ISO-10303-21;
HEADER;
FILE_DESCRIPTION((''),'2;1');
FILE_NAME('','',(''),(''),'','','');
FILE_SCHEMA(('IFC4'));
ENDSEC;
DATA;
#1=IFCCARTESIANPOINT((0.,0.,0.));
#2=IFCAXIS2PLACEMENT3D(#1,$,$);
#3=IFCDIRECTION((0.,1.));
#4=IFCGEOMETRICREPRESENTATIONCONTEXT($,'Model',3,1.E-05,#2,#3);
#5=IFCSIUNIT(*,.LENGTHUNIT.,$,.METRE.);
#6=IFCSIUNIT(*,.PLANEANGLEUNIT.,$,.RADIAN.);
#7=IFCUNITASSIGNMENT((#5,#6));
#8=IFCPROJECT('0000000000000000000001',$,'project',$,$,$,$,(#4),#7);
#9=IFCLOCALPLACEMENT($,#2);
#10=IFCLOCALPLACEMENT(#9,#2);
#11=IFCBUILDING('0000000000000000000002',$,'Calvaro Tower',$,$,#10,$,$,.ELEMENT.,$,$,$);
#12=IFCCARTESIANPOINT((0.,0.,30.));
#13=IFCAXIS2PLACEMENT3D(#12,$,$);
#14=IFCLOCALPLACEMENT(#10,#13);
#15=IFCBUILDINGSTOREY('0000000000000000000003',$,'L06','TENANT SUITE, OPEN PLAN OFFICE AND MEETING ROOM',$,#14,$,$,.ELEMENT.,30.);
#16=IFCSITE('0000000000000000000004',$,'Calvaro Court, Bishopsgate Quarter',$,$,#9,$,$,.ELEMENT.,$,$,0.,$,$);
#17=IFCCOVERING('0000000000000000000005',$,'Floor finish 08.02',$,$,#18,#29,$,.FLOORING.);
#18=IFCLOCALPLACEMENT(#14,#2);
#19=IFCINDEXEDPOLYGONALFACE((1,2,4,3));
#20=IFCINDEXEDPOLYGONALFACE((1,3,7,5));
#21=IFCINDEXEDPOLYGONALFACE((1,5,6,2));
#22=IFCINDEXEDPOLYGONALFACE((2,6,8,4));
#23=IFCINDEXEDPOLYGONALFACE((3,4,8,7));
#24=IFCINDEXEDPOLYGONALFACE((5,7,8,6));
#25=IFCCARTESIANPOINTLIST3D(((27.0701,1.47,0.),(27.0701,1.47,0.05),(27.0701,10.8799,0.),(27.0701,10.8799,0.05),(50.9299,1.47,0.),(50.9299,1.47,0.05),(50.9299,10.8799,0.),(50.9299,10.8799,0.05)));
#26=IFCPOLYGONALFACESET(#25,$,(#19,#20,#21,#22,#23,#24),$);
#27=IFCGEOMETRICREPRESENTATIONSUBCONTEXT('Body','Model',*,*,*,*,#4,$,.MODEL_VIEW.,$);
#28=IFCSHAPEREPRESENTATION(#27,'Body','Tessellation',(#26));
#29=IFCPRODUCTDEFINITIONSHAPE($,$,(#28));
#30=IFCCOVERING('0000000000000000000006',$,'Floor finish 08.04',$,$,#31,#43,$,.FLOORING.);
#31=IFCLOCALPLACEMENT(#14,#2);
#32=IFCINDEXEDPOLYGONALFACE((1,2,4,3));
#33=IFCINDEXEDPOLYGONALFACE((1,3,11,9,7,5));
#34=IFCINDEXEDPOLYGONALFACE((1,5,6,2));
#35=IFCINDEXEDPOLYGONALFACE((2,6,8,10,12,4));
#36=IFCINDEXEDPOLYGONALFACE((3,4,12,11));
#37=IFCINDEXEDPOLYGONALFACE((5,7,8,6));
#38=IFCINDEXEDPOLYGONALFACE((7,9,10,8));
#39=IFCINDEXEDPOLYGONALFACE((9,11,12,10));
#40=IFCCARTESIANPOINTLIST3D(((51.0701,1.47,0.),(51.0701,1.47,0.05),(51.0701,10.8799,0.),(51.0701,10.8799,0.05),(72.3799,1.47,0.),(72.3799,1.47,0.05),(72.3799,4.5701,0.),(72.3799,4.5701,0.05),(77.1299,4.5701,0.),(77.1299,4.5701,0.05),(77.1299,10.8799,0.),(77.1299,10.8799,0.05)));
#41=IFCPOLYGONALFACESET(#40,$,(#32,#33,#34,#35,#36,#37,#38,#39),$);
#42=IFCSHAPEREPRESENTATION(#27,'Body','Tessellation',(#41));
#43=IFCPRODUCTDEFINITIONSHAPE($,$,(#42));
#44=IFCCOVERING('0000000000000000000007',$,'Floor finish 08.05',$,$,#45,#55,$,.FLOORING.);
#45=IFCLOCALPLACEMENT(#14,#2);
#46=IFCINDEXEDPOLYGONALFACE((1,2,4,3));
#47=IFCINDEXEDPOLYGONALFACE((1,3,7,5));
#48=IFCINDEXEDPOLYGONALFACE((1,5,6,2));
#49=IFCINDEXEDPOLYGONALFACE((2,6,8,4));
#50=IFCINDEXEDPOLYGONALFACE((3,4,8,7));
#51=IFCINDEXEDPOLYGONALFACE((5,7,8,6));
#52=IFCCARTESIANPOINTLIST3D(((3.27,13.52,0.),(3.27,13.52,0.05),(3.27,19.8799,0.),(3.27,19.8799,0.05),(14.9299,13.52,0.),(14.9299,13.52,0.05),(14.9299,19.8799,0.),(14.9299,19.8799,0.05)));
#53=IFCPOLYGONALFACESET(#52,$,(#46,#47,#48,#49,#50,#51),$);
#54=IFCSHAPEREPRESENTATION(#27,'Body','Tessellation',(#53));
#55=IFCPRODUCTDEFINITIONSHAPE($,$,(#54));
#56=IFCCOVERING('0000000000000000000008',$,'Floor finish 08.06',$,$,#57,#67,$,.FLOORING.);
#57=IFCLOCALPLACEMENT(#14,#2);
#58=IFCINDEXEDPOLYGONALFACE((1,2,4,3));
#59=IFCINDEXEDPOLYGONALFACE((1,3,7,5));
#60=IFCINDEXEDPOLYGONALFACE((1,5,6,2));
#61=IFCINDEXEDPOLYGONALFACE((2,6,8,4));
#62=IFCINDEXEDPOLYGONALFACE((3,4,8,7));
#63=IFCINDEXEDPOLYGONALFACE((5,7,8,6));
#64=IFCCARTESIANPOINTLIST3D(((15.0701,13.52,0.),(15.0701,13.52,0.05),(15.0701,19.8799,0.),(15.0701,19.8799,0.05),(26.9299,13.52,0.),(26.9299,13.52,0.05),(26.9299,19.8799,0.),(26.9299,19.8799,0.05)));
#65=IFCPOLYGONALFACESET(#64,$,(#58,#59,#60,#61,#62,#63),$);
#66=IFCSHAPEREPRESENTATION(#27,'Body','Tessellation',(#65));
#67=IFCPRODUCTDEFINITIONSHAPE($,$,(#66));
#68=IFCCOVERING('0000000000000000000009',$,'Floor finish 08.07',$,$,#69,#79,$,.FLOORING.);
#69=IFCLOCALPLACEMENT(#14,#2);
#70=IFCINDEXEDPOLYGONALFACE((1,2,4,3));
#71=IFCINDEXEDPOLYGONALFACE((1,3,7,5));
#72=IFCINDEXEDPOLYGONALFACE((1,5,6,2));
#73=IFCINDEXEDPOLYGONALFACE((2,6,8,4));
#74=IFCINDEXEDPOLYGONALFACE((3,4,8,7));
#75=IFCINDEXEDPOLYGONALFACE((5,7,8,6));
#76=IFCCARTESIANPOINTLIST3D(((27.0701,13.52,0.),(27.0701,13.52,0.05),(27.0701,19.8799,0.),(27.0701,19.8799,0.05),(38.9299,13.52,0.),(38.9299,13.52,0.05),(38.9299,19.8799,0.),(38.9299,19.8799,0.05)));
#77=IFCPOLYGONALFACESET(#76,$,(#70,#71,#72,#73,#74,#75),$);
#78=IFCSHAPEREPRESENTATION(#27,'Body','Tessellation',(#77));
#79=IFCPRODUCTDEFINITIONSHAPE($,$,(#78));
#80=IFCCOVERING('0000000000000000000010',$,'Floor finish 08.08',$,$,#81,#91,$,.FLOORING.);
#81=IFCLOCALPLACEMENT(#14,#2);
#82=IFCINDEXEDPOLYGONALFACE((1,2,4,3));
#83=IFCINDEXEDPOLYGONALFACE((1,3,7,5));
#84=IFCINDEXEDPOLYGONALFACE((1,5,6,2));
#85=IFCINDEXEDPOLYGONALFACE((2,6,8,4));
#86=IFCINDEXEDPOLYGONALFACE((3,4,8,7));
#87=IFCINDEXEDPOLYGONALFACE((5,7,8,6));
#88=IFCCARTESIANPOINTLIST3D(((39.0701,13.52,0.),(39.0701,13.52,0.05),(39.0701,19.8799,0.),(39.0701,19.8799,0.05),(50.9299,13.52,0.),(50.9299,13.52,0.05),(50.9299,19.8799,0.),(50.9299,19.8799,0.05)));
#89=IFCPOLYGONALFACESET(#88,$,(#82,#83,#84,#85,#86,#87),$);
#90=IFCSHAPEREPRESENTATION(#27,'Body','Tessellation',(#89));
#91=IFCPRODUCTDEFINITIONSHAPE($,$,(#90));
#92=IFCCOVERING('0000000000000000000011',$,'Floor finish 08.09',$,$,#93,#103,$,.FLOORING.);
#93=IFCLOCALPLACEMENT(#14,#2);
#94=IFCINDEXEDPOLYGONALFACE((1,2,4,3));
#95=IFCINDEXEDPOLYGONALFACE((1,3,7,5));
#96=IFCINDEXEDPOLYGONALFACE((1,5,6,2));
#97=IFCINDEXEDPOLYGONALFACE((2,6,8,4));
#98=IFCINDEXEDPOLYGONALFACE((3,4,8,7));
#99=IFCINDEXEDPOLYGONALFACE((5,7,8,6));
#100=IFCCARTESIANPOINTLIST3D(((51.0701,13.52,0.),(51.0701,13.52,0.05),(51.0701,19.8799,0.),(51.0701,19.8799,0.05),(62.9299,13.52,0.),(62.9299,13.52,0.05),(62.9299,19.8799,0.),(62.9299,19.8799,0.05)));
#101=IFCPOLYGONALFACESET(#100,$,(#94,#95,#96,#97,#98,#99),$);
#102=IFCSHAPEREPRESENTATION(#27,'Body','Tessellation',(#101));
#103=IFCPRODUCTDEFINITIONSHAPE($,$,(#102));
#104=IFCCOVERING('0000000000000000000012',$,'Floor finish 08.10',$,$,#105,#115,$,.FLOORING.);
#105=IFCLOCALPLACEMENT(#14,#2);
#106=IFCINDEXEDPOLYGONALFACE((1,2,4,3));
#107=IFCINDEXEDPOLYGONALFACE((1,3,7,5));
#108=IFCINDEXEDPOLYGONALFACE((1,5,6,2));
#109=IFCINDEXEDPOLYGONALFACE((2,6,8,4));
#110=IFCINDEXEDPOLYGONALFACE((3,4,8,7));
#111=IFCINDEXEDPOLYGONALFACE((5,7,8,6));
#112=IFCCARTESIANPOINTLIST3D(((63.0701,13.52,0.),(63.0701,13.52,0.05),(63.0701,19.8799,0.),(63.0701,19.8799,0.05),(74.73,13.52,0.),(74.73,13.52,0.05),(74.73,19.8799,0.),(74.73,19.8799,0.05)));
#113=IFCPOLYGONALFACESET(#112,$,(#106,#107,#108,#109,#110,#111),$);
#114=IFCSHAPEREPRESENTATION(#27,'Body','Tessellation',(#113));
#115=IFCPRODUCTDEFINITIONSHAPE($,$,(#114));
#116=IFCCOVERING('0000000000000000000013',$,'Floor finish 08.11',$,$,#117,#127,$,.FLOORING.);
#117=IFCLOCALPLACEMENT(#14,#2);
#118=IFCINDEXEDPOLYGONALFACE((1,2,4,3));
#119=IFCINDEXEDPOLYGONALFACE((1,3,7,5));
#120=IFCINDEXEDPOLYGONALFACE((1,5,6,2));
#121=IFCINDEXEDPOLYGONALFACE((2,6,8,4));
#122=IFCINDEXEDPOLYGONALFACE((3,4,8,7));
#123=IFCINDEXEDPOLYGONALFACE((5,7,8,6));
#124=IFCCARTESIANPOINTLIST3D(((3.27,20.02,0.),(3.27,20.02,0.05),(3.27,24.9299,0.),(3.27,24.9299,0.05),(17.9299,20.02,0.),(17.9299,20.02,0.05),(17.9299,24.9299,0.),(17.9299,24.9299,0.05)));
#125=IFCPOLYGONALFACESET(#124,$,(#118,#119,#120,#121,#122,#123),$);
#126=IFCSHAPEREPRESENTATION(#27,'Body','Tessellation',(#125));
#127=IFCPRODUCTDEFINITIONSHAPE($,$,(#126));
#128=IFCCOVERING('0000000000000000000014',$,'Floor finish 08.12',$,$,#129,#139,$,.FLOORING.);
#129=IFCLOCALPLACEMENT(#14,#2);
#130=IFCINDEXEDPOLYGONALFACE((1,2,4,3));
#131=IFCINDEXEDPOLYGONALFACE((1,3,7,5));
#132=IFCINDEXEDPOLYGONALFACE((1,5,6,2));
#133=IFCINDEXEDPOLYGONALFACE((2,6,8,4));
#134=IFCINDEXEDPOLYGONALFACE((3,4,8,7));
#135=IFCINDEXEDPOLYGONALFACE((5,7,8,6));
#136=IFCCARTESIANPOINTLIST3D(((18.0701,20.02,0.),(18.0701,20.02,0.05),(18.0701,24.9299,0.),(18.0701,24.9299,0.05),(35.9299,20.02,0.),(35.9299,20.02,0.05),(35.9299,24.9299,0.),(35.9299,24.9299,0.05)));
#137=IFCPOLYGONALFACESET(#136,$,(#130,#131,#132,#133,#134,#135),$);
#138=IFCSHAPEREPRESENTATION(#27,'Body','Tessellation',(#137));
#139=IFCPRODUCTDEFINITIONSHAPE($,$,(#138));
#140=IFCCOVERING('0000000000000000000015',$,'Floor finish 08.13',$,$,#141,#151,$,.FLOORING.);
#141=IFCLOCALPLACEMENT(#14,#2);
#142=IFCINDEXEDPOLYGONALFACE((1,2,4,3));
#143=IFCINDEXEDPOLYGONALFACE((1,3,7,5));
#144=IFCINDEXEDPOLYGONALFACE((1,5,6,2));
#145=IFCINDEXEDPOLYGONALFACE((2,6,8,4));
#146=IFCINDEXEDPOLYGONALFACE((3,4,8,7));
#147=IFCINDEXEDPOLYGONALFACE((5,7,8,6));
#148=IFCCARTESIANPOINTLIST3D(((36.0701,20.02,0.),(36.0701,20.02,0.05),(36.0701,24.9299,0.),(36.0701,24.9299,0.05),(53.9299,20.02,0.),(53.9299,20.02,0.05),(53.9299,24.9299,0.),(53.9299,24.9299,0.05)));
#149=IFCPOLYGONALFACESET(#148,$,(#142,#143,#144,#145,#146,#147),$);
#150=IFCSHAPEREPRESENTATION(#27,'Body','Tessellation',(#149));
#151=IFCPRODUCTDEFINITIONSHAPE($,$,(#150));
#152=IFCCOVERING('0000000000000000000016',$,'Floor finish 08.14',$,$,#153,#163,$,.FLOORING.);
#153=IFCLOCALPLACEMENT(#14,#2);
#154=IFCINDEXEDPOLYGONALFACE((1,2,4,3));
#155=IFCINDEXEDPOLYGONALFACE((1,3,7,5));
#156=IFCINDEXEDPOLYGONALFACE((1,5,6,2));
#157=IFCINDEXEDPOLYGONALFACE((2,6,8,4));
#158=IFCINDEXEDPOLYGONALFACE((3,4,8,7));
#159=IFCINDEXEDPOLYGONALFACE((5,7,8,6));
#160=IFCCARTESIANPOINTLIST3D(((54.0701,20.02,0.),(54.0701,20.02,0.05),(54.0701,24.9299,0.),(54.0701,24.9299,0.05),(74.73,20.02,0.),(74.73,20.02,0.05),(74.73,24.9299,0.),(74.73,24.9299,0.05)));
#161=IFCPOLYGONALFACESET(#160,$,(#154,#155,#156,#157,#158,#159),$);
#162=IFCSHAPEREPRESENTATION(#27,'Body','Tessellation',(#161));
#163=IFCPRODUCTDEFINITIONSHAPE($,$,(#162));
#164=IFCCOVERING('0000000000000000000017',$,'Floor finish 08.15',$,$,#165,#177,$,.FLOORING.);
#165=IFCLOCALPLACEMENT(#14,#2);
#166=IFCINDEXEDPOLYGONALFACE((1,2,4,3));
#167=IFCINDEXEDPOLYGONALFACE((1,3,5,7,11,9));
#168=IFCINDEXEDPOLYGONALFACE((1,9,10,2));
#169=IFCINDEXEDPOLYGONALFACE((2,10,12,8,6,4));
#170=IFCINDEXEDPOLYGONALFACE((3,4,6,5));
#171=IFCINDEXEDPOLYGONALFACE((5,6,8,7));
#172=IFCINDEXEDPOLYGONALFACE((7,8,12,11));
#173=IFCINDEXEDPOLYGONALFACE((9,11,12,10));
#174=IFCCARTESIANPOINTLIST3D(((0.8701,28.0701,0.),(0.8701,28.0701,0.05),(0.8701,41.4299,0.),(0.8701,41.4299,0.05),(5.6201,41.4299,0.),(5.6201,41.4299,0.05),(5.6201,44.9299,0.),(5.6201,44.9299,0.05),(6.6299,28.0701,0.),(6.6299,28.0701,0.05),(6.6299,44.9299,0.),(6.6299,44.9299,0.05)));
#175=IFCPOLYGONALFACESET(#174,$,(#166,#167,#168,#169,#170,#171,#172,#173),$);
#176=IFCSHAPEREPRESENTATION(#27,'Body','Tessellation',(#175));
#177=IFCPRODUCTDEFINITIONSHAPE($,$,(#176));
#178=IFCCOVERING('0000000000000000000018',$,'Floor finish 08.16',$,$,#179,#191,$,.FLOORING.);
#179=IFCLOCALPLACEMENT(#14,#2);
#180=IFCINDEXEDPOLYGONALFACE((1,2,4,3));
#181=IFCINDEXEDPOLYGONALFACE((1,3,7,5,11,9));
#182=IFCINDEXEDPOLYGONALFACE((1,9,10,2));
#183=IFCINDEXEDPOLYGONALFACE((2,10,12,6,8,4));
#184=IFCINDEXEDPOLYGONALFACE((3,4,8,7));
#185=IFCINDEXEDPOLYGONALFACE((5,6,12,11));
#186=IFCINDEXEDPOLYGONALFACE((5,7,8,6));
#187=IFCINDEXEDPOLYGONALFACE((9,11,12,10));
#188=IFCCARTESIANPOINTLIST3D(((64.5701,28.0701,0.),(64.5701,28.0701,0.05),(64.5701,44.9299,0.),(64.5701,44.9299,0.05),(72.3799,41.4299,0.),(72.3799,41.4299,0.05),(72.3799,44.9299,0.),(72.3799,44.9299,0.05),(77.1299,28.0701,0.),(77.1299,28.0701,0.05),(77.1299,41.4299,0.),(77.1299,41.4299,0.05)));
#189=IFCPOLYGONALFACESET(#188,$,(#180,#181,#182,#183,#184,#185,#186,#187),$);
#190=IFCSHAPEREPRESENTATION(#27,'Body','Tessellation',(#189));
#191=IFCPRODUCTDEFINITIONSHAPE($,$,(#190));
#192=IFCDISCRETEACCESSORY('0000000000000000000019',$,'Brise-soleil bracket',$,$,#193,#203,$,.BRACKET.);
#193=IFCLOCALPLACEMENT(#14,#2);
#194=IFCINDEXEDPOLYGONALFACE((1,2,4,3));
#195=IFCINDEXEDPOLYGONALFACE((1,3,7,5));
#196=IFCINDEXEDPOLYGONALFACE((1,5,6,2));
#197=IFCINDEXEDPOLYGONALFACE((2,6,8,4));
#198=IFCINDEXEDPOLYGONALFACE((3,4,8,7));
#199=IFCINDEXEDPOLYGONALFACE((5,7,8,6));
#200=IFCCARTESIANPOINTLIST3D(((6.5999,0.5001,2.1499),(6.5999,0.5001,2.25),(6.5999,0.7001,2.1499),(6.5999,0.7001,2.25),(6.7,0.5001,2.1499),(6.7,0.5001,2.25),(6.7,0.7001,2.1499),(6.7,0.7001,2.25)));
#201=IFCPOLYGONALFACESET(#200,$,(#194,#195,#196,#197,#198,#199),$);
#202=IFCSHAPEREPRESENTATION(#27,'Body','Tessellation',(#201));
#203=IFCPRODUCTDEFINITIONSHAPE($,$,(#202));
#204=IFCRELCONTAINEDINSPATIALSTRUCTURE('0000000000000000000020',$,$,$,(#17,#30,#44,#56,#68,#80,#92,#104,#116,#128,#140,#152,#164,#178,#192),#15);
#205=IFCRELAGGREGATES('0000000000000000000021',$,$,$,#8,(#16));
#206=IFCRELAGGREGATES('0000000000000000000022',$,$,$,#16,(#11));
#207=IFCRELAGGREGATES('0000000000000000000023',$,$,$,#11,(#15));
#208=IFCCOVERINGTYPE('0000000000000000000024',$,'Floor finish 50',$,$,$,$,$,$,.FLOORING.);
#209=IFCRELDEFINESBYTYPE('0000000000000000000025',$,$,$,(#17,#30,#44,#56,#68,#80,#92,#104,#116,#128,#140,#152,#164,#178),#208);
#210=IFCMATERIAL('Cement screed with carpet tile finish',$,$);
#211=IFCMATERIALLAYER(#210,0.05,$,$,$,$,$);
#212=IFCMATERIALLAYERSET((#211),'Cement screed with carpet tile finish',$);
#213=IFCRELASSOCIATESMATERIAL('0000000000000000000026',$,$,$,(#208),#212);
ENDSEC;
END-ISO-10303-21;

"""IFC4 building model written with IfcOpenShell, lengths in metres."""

from ifc_helpers import new_model, si_unit, direction, frame, origin, origin_2d, place, context, subcontext, project, spatial, polyline, rectangle, outline, extrude, material, layer, layer_set, type_object, element, save


model = new_model("IFC4")

# Units and contexts
model_context = context("Model", 3, precision=1e-05, world=origin(), true_north=direction((0.0, 1.0)))
body_context = subcontext(model_context, "Body", "Model", "MODEL_VIEW")
ifc_project = project(units=[si_unit("LENGTHUNIT", "METRE"), si_unit("PLANEANGLEUNIT", "RADIAN")], contexts=[model_context])

# Site, building, storey
site_placement = place(None, origin())
site = spatial("IfcSite", under=ifc_project, at=site_placement, Name="Calvaro Court, Bishopsgate Quarter", CompositionType="ELEMENT", RefElevation=0.0)
building_placement = place(site_placement, origin())
building = spatial("IfcBuilding", under=site, at=building_placement, Name="Calvaro Tower", CompositionType="ELEMENT")
storey_placement = place(building_placement, frame((0.0, 0.0, 30.0)))
storey = spatial("IfcBuildingStorey", under=building, at=storey_placement, Name="L06", Description="TENANT SUITE, OPEN PLAN OFFICE AND MEETING ROOM", CompositionType="ELEMENT", Elevation=30.0)

# Coverings
ifc_material_1 = material(Name="Cement screed with carpet tile finish")
ifc_layer_1 = layer(ifc_material_1, 0.05)
ifc_layer_set_1 = layer_set([ifc_layer_1], Name="Cement screed with carpet tile finish")
covering_type = type_object("IfcCoveringType", Name="Floor finish 50", PredefinedType="FLOORING", material=ifc_layer_set_1)
covering_1_placement = place(storey_placement, origin())
element("IfcCovering", 1, at=covering_1_placement, inside=storey, type_object=covering_type, Name="Floor finish 08.02", PredefinedType="FLOORING", context=body_context, shape_type="SweptSolid", body=[
    extrude(outline(polyline([(27.0701, 10.8799), (50.9299, 10.8799), (50.9299, 1.47), (27.0701, 1.47), (27.0701, 10.8799)])), origin(), (0.0, 0.0, 1.0), 0.05),
])
covering_2_placement = place(storey_placement, origin())
element("IfcCovering", 2, at=covering_2_placement, inside=storey, type_object=covering_type, Name="Floor finish 08.04", PredefinedType="FLOORING", context=body_context, shape_type="SweptSolid", body=[
    extrude(outline(polyline([(77.1299, 4.5701), (72.3799, 4.5701), (72.3799, 1.47), (51.0701, 1.47), (51.0701, 10.8799), (77.1299, 10.8799), (77.1299, 4.5701)])), origin(), (0.0, 0.0, 1.0), 0.05),
])
covering_3_placement = place(storey_placement, origin())
element("IfcCovering", 3, at=covering_3_placement, inside=storey, type_object=covering_type, Name="Floor finish 08.05", PredefinedType="FLOORING", context=body_context, shape_type="SweptSolid", body=[
    extrude(outline(polyline([(3.27, 13.52), (3.27, 19.8799), (14.9299, 19.8799), (14.9299, 13.52), (3.27, 13.52)])), origin(), (0.0, 0.0, 1.0), 0.05),
])
covering_4_placement = place(storey_placement, origin())
element("IfcCovering", 4, at=covering_4_placement, inside=storey, type_object=covering_type, Name="Floor finish 08.06", PredefinedType="FLOORING", context=body_context, shape_type="SweptSolid", body=[
    extrude(outline(polyline([(15.0701, 13.52), (15.0701, 19.8799), (26.9299, 19.8799), (26.9299, 13.52), (15.0701, 13.52)])), origin(), (0.0, 0.0, 1.0), 0.05),
])
covering_5_placement = place(storey_placement, origin())
element("IfcCovering", 5, at=covering_5_placement, inside=storey, type_object=covering_type, Name="Floor finish 08.07", PredefinedType="FLOORING", context=body_context, shape_type="SweptSolid", body=[
    extrude(outline(polyline([(27.0701, 13.52), (27.0701, 19.8799), (38.9299, 19.8799), (38.9299, 13.52), (27.0701, 13.52)])), origin(), (0.0, 0.0, 1.0), 0.05),
])
covering_6_placement = place(storey_placement, origin())
element("IfcCovering", 6, at=covering_6_placement, inside=storey, type_object=covering_type, Name="Floor finish 08.08", PredefinedType="FLOORING", context=body_context, shape_type="SweptSolid", body=[
    extrude(outline(polyline([(39.0701, 13.52), (39.0701, 19.8799), (50.9299, 19.8799), (50.9299, 13.52), (39.0701, 13.52)])), origin(), (0.0, 0.0, 1.0), 0.05),
])
covering_7_placement = place(storey_placement, origin())
element("IfcCovering", 7, at=covering_7_placement, inside=storey, type_object=covering_type, Name="Floor finish 08.09", PredefinedType="FLOORING", context=body_context, shape_type="SweptSolid", body=[
    extrude(outline(polyline([(51.0701, 13.52), (51.0701, 19.8799), (62.9299, 19.8799), (62.9299, 13.52), (51.0701, 13.52)])), origin(), (0.0, 0.0, 1.0), 0.05),
])
covering_8_placement = place(storey_placement, origin())
element("IfcCovering", 8, at=covering_8_placement, inside=storey, type_object=covering_type, Name="Floor finish 08.10", PredefinedType="FLOORING", context=body_context, shape_type="SweptSolid", body=[
    extrude(outline(polyline([(63.0701, 13.52), (63.0701, 19.8799), (74.73, 19.8799), (74.73, 13.52), (63.0701, 13.52)])), origin(), (0.0, 0.0, 1.0), 0.05),
])
covering_9_placement = place(storey_placement, origin())
element("IfcCovering", 9, at=covering_9_placement, inside=storey, type_object=covering_type, Name="Floor finish 08.11", PredefinedType="FLOORING", context=body_context, shape_type="SweptSolid", body=[
    extrude(outline(polyline([(3.27, 20.02), (3.27, 24.9299), (17.9299, 24.9299), (17.9299, 20.02), (3.27, 20.02)])), origin(), (0.0, 0.0, 1.0), 0.05),
])
covering_10_placement = place(storey_placement, origin())
element("IfcCovering", 10, at=covering_10_placement, inside=storey, type_object=covering_type, Name="Floor finish 08.12", PredefinedType="FLOORING", context=body_context, shape_type="SweptSolid", body=[
    extrude(outline(polyline([(18.0701, 20.02), (18.0701, 24.9299), (35.9299, 24.9299), (35.9299, 20.02), (18.0701, 20.02)])), origin(), (0.0, 0.0, 1.0), 0.05),
])
covering_11_placement = place(storey_placement, origin())
element("IfcCovering", 11, at=covering_11_placement, inside=storey, type_object=covering_type, Name="Floor finish 08.13", PredefinedType="FLOORING", context=body_context, shape_type="SweptSolid", body=[
    extrude(outline(polyline([(36.0701, 20.02), (36.0701, 24.9299), (53.9299, 24.9299), (53.9299, 20.02), (36.0701, 20.02)])), origin(), (0.0, 0.0, 1.0), 0.05),
])
covering_12_placement = place(storey_placement, origin())
element("IfcCovering", 12, at=covering_12_placement, inside=storey, type_object=covering_type, Name="Floor finish 08.14", PredefinedType="FLOORING", context=body_context, shape_type="SweptSolid", body=[
    extrude(outline(polyline([(54.0701, 20.02), (54.0701, 24.9299), (74.73, 24.9299), (74.73, 20.02), (54.0701, 20.02)])), origin(), (0.0, 0.0, 1.0), 0.05),
])
covering_13_placement = place(storey_placement, origin())
element("IfcCovering", 13, at=covering_13_placement, inside=storey, type_object=covering_type, Name="Floor finish 08.15", PredefinedType="FLOORING", context=body_context, shape_type="SweptSolid", body=[
    extrude(outline(polyline([(6.6299, 28.0701), (0.8701, 28.0701), (0.8701, 41.4299), (5.6201, 41.4299), (5.6201, 44.9299), (6.6299, 44.9299), (6.6299, 28.0701)])), origin(), (0.0, 0.0, 1.0), 0.05),
])
covering_14_placement = place(storey_placement, origin())
element("IfcCovering", 14, at=covering_14_placement, inside=storey, type_object=covering_type, Name="Floor finish 08.16", PredefinedType="FLOORING", context=body_context, shape_type="SweptSolid", body=[
    extrude(outline(polyline([(77.1299, 28.0701), (64.5701, 28.0701), (64.5701, 44.9299), (72.3799, 44.9299), (72.3799, 41.4299), (77.1299, 41.4299), (77.1299, 28.0701)])), origin(), (0.0, 0.0, 1.0), 0.05),
])

# Discrete accessory
for number, where, z_axis, x_axis, name in (
    (15, (6.6499, 0.6001, 2.1499), (0.0, 0.0, 1.0), (1.0, 0.0, 0.0), "Brise-soleil bracket"),
):
    element("IfcDiscreteAccessory", number, at=place(storey_placement, frame(where, z_axis=z_axis, x_axis=x_axis)), inside=storey, Name=name, PredefinedType="BRACKET", context=body_context, shape_type="SweptSolid", body=[
        extrude(rectangle(XDim=0.1001, YDim=0.2, at=origin_2d()), origin(), (0.0, 0.0, 1.0), 0.1001),
    ])

save(model, "model.ifc")
